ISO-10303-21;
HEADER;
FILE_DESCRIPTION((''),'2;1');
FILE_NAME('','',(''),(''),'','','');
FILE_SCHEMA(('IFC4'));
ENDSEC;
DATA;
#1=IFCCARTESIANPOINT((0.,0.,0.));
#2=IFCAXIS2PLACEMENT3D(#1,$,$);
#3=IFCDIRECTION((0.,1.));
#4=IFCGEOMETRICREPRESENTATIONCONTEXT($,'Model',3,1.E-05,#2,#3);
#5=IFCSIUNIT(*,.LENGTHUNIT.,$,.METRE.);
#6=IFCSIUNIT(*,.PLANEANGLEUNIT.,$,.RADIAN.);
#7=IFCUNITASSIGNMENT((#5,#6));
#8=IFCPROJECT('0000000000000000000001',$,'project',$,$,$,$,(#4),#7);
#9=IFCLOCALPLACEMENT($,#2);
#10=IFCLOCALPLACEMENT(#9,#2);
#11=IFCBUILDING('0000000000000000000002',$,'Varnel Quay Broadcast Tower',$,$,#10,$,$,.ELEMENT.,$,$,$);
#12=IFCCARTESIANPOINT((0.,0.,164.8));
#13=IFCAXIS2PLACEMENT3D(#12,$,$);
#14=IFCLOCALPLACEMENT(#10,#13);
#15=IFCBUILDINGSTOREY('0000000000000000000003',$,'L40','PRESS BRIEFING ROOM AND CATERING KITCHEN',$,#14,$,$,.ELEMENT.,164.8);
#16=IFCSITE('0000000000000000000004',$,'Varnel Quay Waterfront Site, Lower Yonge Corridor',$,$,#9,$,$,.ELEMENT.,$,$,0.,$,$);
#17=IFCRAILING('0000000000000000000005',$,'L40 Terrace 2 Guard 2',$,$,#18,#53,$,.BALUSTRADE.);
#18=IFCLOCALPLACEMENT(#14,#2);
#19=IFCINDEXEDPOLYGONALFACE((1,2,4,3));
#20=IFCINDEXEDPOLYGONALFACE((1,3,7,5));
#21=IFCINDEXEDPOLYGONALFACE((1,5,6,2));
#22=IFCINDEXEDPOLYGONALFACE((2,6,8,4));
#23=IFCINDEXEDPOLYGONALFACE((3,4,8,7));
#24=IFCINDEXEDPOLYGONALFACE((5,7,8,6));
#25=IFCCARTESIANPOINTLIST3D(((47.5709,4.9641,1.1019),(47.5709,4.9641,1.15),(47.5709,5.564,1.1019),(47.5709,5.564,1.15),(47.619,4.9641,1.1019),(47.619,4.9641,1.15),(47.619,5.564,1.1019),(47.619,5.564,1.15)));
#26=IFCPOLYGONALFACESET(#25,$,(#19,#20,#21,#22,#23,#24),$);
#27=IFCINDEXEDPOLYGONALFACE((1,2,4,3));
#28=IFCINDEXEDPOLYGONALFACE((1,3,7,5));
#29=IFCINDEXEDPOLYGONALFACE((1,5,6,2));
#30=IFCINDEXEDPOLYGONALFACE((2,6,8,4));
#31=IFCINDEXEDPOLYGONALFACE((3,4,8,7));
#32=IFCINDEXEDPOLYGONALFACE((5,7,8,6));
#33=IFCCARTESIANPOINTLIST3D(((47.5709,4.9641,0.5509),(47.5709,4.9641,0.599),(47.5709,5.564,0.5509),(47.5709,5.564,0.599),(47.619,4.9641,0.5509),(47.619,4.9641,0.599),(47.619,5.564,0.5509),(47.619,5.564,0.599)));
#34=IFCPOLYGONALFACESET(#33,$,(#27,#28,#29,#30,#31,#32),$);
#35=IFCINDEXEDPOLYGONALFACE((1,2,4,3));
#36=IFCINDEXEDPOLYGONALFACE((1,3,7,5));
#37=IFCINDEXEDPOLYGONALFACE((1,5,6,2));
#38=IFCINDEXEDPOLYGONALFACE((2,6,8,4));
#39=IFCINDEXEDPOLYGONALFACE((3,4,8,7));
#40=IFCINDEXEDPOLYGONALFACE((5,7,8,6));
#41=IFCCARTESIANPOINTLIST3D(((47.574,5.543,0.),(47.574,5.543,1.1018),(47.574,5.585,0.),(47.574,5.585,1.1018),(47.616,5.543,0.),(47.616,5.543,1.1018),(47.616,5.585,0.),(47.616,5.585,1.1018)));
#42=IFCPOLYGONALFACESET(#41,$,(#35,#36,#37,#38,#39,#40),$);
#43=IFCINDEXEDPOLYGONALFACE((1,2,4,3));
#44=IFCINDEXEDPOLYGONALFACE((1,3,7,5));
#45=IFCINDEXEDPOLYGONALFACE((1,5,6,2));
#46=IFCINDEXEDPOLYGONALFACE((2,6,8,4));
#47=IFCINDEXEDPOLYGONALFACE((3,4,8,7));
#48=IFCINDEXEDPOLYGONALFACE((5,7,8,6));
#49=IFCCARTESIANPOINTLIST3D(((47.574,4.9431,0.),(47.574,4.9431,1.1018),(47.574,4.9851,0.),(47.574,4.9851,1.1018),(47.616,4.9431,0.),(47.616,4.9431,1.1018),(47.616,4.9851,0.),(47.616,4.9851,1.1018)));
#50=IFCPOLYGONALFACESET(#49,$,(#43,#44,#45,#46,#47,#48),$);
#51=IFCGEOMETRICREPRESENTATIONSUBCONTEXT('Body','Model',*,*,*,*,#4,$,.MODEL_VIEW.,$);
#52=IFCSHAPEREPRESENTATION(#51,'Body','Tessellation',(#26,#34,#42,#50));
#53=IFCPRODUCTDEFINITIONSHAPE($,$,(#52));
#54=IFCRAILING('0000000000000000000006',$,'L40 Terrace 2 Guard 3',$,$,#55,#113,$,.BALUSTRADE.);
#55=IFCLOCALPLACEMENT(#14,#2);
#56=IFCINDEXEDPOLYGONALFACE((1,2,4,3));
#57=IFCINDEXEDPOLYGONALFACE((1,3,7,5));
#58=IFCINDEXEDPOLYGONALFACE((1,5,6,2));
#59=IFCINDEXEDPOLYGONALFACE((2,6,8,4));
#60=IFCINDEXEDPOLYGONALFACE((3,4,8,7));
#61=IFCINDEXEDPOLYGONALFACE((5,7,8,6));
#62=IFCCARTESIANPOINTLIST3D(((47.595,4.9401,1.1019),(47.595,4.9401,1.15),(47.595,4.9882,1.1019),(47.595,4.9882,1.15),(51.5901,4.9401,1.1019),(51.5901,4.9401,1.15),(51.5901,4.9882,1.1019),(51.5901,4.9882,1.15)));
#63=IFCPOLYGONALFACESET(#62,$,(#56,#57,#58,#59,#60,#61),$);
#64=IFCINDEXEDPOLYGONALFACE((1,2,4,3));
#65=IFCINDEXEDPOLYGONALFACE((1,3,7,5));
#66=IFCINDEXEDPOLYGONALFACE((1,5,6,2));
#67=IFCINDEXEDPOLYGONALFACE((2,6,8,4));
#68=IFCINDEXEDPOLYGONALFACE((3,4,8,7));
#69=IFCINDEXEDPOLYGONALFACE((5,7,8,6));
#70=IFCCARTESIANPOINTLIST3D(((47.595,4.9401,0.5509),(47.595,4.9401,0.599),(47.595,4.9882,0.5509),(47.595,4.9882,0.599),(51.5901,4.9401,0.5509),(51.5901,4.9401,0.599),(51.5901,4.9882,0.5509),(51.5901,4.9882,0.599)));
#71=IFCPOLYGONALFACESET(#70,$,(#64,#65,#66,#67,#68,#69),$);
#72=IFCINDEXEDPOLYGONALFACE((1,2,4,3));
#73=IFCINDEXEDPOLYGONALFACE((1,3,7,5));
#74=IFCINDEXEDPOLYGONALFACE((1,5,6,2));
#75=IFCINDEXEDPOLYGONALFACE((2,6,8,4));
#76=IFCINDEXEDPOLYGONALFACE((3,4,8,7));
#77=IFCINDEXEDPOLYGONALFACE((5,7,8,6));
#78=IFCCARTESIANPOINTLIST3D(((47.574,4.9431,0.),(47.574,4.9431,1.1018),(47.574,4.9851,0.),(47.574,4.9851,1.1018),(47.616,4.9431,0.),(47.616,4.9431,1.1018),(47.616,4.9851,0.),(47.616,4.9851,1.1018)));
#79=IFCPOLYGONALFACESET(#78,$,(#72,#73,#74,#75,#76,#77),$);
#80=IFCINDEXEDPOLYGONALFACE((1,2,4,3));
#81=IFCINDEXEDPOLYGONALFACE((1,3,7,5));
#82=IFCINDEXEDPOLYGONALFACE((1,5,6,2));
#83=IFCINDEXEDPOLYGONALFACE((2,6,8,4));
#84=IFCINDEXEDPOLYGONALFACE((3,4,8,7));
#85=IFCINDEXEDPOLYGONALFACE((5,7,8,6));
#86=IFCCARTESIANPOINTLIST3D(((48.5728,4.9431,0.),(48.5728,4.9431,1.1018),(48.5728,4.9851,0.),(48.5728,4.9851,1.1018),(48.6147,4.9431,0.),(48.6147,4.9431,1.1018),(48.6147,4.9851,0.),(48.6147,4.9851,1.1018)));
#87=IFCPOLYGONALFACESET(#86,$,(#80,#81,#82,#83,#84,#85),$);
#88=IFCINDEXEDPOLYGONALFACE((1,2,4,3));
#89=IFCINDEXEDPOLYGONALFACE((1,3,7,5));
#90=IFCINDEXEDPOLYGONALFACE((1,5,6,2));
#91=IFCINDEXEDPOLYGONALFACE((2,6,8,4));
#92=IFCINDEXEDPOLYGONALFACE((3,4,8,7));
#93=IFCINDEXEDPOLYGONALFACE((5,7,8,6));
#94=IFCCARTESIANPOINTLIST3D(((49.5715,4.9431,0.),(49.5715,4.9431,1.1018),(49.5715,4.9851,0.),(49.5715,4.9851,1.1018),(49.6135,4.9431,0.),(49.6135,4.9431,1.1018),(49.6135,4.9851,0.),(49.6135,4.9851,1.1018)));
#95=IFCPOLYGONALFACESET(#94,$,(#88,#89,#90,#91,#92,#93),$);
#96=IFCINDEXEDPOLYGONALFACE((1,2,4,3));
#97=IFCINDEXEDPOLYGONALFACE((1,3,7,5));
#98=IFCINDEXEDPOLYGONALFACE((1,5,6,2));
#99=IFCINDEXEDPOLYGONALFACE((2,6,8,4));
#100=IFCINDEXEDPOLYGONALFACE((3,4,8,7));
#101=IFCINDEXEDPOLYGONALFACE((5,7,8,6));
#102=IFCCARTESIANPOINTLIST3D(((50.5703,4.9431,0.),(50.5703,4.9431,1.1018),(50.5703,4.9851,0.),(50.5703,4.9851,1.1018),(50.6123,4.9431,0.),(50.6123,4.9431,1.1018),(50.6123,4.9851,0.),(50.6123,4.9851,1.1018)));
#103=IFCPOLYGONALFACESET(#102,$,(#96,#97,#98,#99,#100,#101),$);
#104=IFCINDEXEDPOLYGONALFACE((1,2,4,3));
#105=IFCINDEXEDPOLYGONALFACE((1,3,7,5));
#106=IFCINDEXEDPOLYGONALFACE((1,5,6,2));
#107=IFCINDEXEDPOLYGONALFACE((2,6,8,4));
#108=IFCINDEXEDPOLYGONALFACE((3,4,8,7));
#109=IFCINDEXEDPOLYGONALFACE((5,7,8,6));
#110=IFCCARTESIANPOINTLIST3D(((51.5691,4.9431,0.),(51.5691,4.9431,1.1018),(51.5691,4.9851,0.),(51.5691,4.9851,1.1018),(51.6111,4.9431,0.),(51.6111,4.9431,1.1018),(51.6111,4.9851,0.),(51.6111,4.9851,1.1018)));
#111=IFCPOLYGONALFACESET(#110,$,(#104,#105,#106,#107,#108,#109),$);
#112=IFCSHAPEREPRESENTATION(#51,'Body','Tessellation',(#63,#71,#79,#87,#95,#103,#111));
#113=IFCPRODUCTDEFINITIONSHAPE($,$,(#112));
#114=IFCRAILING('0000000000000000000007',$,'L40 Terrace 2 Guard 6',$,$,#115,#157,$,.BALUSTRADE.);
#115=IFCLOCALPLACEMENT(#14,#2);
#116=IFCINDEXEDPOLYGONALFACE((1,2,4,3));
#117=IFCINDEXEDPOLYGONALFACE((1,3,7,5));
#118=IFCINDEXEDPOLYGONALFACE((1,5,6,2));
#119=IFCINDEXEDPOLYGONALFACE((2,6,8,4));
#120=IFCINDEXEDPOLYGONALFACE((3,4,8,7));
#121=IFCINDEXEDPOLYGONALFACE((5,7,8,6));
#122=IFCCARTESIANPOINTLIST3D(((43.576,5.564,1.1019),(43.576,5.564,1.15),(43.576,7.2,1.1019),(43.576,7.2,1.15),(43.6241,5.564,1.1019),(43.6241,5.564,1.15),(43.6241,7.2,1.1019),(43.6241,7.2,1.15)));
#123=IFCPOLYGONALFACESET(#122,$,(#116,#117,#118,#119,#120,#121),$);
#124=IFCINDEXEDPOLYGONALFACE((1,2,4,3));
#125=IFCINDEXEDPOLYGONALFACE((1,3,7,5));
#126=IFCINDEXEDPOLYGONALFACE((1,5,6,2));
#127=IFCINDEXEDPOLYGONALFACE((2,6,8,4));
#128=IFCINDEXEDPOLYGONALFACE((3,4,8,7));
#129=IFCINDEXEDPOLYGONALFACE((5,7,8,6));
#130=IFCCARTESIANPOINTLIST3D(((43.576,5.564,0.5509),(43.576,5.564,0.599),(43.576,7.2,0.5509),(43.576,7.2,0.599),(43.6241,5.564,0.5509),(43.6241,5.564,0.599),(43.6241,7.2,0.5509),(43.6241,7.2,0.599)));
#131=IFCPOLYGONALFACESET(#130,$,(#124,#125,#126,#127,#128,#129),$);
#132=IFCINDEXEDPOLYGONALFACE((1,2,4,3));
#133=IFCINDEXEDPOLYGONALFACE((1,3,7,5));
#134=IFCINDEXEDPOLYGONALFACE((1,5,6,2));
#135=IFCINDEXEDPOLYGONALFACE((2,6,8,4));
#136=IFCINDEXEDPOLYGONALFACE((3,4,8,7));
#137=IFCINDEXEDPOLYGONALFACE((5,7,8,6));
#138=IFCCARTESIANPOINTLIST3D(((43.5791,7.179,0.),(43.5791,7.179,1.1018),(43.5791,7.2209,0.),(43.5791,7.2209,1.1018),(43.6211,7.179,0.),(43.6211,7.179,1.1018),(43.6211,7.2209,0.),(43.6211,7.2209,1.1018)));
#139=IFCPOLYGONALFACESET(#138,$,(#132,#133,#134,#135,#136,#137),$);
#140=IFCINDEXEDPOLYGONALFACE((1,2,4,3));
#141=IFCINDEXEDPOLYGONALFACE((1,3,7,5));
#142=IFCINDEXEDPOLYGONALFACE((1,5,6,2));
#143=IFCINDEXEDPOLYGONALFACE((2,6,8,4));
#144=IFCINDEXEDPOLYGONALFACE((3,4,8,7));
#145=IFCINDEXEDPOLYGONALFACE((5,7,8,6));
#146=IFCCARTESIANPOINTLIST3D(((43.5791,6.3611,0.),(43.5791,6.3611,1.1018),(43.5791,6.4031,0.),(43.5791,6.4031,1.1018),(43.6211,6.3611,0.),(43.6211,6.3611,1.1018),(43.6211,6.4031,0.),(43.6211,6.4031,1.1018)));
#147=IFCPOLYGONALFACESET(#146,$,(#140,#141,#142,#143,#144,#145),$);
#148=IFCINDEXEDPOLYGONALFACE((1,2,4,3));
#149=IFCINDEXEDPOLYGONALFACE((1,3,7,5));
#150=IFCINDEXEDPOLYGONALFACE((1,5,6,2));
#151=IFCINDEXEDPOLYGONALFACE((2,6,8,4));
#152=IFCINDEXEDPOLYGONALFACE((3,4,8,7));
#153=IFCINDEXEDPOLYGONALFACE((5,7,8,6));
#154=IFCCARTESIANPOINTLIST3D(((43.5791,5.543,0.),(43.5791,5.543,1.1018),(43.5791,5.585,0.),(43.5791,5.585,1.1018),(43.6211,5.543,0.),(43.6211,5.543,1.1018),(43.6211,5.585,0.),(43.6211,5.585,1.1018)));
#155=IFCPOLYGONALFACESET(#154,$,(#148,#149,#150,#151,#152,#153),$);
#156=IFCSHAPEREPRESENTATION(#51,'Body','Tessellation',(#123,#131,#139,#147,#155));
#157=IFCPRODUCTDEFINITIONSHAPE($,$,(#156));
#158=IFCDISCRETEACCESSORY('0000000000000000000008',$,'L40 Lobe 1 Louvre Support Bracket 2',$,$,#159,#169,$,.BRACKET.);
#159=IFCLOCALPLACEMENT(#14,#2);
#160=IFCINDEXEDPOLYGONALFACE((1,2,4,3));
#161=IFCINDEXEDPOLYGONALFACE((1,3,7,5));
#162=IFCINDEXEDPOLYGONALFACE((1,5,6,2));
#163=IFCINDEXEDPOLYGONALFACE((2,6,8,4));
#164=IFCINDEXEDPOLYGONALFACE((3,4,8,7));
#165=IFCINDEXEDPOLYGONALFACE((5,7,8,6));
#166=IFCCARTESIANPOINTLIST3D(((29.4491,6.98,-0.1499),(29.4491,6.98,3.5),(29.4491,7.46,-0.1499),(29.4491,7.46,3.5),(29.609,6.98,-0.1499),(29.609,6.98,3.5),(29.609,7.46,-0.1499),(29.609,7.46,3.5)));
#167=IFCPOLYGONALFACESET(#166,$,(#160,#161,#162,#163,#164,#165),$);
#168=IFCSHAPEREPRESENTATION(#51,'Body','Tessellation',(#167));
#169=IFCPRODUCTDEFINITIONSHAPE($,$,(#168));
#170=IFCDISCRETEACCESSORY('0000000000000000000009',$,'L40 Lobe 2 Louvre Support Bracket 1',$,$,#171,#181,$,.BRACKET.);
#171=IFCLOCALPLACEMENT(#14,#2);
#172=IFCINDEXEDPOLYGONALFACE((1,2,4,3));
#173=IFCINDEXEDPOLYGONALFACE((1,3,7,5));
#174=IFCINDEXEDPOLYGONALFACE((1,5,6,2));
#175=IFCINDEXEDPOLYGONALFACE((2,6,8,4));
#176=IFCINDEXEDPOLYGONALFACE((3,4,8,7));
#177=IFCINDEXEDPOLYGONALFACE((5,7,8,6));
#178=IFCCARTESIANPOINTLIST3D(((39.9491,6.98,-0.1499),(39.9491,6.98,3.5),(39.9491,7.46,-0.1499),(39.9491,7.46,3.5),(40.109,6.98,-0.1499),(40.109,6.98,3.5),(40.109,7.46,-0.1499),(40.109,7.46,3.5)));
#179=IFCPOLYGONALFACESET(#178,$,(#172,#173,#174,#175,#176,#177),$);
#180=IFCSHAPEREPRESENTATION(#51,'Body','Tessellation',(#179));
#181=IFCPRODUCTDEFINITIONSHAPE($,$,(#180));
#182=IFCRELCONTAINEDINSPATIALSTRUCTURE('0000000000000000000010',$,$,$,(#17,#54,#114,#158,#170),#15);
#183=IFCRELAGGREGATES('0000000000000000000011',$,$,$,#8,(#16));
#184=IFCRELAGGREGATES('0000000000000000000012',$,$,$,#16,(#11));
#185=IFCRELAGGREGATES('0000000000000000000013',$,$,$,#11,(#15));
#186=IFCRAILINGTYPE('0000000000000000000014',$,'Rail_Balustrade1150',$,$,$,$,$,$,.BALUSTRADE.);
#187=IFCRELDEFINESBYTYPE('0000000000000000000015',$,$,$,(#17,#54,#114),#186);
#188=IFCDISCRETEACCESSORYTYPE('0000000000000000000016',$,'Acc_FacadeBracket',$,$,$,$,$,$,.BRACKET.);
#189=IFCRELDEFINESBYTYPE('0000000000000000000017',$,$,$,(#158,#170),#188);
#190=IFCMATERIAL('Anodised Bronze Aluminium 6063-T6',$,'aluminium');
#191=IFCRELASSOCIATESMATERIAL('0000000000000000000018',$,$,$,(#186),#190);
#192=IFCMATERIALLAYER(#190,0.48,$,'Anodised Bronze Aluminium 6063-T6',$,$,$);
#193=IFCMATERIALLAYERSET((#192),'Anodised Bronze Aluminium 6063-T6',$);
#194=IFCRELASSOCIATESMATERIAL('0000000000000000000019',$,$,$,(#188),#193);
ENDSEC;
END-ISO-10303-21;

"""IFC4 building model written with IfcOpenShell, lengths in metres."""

from ifc_helpers import new_model, si_unit, direction, frame, origin, origin_2d, place, context, subcontext, project, spatial, rectangle, extrude, source, transform, mapped, material, layer, layer_set, type_object, type_shapes, element, save


model = new_model("IFC4")

# Units and contexts
model_context = context("Model", 3, precision=1e-05, world=origin(), true_north=direction((0.0, 1.0)))
body_context = subcontext(model_context, "Body", "Model", "MODEL_VIEW")
ifc_project = project(units=[si_unit("LENGTHUNIT", "METRE"), si_unit("PLANEANGLEUNIT", "RADIAN")], contexts=[model_context])

# Site, building, storey
site_placement = place(None, origin())
site = spatial("IfcSite", under=ifc_project, at=site_placement, Name="Varnel Quay Waterfront Site, Lower Yonge Corridor", CompositionType="ELEMENT", RefElevation=0.0)
building_placement = place(site_placement, origin())
building = spatial("IfcBuilding", under=site, at=building_placement, Name="Varnel Quay Broadcast Tower", CompositionType="ELEMENT")
storey_placement = place(building_placement, frame((0.0, 0.0, 164.8)))
storey = spatial("IfcBuildingStorey", under=building, at=storey_placement, Name="L40", Description="PRESS BRIEFING ROOM AND CATERING KITCHEN", CompositionType="ELEMENT", Elevation=164.8)

# Shared definitions
ifc_material_1 = material(Name="Anodised Bronze Aluminium 6063-T6", Category="aluminium")

# Railings
railing_type = type_object("IfcRailingType", Name="Rail_Balustrade1150", PredefinedType="BALUSTRADE", material=ifc_material_1)
railing_1_placement = place(storey_placement, frame((47.595, 5.564, 0.0)))
element("IfcRailing", 1, at=railing_1_placement, inside=storey, type_object=railing_type, Name="L40 Terrace 2 Guard 2", PredefinedType="BALUSTRADE", context=body_context, shape_type="SweptSolid", body=[
    extrude(rectangle(XDim=0.0481, YDim=0.0481, at=origin_2d()), frame((0.0, 0.0, 1.126), z_axis=(0.0, -1.0, 0.0), x_axis=(1.0, 0.0, 0.0)), (0.0, 0.0, 1.0), 0.5999),
    extrude(rectangle(XDim=0.0481, YDim=0.0481, at=origin_2d()), frame((0.0, 0.0, 0.575), z_axis=(0.0, -1.0, 0.0), x_axis=(1.0, 0.0, 0.0)), (0.0, 0.0, 1.0), 0.5999),
    extrude(rectangle(XDim=0.042, YDim=0.042, at=origin_2d()), origin(), (0.0, 0.0, 1.0), 1.1018),
    extrude(rectangle(XDim=0.042, YDim=0.042, at=origin_2d()), frame((0.0, -0.5999, 0.0)), (0.0, 0.0, 1.0), 1.1018),
])
railing_2_placement = place(storey_placement, frame((47.595, 4.9641, 0.0)))
element("IfcRailing", 2, at=railing_2_placement, inside=storey, type_object=railing_type, Name="L40 Terrace 2 Guard 3", PredefinedType="BALUSTRADE", context=body_context, shape_type="SweptSolid", body=[
    extrude(rectangle(XDim=0.0481, YDim=0.0481, at=origin_2d()), frame((0.0, 0.0, 1.126), z_axis=(1.0, 0.0, 0.0), x_axis=(0.0, 1.0, 0.0)), (0.0, 0.0, 1.0), 3.9951),
    extrude(rectangle(XDim=0.0481, YDim=0.0481, at=origin_2d()), frame((0.0, 0.0, 0.575), z_axis=(1.0, 0.0, 0.0), x_axis=(0.0, 1.0, 0.0)), (0.0, 0.0, 1.0), 3.9951),
    extrude(rectangle(XDim=0.042, YDim=0.042, at=origin_2d()), origin(), (0.0, 0.0, 1.0), 1.1018),
    extrude(rectangle(XDim=0.042, YDim=0.042, at=origin_2d()), frame((0.9988, 0.0, 0.0)), (0.0, 0.0, 1.0), 1.1018),
    extrude(rectangle(XDim=0.042, YDim=0.042, at=origin_2d()), frame((1.9976, 0.0, 0.0)), (0.0, 0.0, 1.0), 1.1018),
    extrude(rectangle(XDim=0.042, YDim=0.042, at=origin_2d()), frame((2.9963, 0.0, 0.0)), (0.0, 0.0, 1.0), 1.1018),
    extrude(rectangle(XDim=0.042, YDim=0.042, at=origin_2d()), frame((3.9951, 0.0, 0.0)), (0.0, 0.0, 1.0), 1.1018),
])
railing_3_placement = place(storey_placement, frame((43.6001, 7.2, 0.0)))
element("IfcRailing", 3, at=railing_3_placement, inside=storey, type_object=railing_type, Name="L40 Terrace 2 Guard 6", PredefinedType="BALUSTRADE", context=body_context, shape_type="SweptSolid", body=[
    extrude(rectangle(XDim=0.0481, YDim=0.0481, at=origin_2d()), frame((0.0, 0.0, 1.126), z_axis=(0.0, -1.0, 0.0), x_axis=(1.0, 0.0, 0.0)), (0.0, 0.0, 1.0), 1.636),
    extrude(rectangle(XDim=0.0481, YDim=0.0481, at=origin_2d()), frame((0.0, 0.0, 0.575), z_axis=(0.0, -1.0, 0.0), x_axis=(1.0, 0.0, 0.0)), (0.0, 0.0, 1.0), 1.636),
    extrude(rectangle(XDim=0.042, YDim=0.042, at=origin_2d()), origin(), (0.0, 0.0, 1.0), 1.1018),
    extrude(rectangle(XDim=0.042, YDim=0.042, at=origin_2d()), frame((0.0, -0.8179, 0.0)), (0.0, 0.0, 1.0), 1.1018),
    extrude(rectangle(XDim=0.042, YDim=0.042, at=origin_2d()), frame((0.0, -1.636, 0.0)), (0.0, 0.0, 1.0), 1.1018),
])

# Discrete accessories
ifc_layer_1 = layer(ifc_material_1, 0.48, Name="Anodised Bronze Aluminium 6063-T6")
ifc_layer_set_1 = layer_set([ifc_layer_1], Name="Anodised Bronze Aluminium 6063-T6")
discrete_accessory_type = type_object("IfcDiscreteAccessoryType", Name="Acc_FacadeBracket", PredefinedType="BRACKET", material=ifc_layer_set_1)
shared_shape_1 = source(origin(), body_context, "Body", "SweptSolid", [
    extrude(rectangle(XDim=0.1599, YDim=0.48, at=origin_2d()), origin(), (0.0, 0.0, 1.0), 3.6499),
])
type_shapes(discrete_accessory_type, [shared_shape_1])
for number, where, z_axis, x_axis, name in (
    (4, (29.5291, 7.22, -0.1499), (0.0, 0.0, 1.0), (1.0, 0.0, 0.0), "L40 Lobe 1 Louvre Support Bracket 2"),
    (5, (40.0291, 7.22, -0.1499), (0.0, 0.0, 1.0), (1.0, 0.0, 0.0), "L40 Lobe 2 Louvre Support Bracket 1"),
):
    element("IfcDiscreteAccessory", number, at=place(storey_placement, frame(where, z_axis=z_axis, x_axis=x_axis)), inside=storey, type_object=discrete_accessory_type, Name=name, PredefinedType="BRACKET", context=body_context, shape_type="MappedRepresentation", body=[
        mapped(shared_shape_1, transform((0.0, 0.0, 0.0), x_axis=(1.0, 0.0, 0.0), y_axis=(0.0, 1.0, 0.0), z_axis=(0.0, 0.0, 1.0), scale=1.0)),
    ])

save(model, "model.ifc")
